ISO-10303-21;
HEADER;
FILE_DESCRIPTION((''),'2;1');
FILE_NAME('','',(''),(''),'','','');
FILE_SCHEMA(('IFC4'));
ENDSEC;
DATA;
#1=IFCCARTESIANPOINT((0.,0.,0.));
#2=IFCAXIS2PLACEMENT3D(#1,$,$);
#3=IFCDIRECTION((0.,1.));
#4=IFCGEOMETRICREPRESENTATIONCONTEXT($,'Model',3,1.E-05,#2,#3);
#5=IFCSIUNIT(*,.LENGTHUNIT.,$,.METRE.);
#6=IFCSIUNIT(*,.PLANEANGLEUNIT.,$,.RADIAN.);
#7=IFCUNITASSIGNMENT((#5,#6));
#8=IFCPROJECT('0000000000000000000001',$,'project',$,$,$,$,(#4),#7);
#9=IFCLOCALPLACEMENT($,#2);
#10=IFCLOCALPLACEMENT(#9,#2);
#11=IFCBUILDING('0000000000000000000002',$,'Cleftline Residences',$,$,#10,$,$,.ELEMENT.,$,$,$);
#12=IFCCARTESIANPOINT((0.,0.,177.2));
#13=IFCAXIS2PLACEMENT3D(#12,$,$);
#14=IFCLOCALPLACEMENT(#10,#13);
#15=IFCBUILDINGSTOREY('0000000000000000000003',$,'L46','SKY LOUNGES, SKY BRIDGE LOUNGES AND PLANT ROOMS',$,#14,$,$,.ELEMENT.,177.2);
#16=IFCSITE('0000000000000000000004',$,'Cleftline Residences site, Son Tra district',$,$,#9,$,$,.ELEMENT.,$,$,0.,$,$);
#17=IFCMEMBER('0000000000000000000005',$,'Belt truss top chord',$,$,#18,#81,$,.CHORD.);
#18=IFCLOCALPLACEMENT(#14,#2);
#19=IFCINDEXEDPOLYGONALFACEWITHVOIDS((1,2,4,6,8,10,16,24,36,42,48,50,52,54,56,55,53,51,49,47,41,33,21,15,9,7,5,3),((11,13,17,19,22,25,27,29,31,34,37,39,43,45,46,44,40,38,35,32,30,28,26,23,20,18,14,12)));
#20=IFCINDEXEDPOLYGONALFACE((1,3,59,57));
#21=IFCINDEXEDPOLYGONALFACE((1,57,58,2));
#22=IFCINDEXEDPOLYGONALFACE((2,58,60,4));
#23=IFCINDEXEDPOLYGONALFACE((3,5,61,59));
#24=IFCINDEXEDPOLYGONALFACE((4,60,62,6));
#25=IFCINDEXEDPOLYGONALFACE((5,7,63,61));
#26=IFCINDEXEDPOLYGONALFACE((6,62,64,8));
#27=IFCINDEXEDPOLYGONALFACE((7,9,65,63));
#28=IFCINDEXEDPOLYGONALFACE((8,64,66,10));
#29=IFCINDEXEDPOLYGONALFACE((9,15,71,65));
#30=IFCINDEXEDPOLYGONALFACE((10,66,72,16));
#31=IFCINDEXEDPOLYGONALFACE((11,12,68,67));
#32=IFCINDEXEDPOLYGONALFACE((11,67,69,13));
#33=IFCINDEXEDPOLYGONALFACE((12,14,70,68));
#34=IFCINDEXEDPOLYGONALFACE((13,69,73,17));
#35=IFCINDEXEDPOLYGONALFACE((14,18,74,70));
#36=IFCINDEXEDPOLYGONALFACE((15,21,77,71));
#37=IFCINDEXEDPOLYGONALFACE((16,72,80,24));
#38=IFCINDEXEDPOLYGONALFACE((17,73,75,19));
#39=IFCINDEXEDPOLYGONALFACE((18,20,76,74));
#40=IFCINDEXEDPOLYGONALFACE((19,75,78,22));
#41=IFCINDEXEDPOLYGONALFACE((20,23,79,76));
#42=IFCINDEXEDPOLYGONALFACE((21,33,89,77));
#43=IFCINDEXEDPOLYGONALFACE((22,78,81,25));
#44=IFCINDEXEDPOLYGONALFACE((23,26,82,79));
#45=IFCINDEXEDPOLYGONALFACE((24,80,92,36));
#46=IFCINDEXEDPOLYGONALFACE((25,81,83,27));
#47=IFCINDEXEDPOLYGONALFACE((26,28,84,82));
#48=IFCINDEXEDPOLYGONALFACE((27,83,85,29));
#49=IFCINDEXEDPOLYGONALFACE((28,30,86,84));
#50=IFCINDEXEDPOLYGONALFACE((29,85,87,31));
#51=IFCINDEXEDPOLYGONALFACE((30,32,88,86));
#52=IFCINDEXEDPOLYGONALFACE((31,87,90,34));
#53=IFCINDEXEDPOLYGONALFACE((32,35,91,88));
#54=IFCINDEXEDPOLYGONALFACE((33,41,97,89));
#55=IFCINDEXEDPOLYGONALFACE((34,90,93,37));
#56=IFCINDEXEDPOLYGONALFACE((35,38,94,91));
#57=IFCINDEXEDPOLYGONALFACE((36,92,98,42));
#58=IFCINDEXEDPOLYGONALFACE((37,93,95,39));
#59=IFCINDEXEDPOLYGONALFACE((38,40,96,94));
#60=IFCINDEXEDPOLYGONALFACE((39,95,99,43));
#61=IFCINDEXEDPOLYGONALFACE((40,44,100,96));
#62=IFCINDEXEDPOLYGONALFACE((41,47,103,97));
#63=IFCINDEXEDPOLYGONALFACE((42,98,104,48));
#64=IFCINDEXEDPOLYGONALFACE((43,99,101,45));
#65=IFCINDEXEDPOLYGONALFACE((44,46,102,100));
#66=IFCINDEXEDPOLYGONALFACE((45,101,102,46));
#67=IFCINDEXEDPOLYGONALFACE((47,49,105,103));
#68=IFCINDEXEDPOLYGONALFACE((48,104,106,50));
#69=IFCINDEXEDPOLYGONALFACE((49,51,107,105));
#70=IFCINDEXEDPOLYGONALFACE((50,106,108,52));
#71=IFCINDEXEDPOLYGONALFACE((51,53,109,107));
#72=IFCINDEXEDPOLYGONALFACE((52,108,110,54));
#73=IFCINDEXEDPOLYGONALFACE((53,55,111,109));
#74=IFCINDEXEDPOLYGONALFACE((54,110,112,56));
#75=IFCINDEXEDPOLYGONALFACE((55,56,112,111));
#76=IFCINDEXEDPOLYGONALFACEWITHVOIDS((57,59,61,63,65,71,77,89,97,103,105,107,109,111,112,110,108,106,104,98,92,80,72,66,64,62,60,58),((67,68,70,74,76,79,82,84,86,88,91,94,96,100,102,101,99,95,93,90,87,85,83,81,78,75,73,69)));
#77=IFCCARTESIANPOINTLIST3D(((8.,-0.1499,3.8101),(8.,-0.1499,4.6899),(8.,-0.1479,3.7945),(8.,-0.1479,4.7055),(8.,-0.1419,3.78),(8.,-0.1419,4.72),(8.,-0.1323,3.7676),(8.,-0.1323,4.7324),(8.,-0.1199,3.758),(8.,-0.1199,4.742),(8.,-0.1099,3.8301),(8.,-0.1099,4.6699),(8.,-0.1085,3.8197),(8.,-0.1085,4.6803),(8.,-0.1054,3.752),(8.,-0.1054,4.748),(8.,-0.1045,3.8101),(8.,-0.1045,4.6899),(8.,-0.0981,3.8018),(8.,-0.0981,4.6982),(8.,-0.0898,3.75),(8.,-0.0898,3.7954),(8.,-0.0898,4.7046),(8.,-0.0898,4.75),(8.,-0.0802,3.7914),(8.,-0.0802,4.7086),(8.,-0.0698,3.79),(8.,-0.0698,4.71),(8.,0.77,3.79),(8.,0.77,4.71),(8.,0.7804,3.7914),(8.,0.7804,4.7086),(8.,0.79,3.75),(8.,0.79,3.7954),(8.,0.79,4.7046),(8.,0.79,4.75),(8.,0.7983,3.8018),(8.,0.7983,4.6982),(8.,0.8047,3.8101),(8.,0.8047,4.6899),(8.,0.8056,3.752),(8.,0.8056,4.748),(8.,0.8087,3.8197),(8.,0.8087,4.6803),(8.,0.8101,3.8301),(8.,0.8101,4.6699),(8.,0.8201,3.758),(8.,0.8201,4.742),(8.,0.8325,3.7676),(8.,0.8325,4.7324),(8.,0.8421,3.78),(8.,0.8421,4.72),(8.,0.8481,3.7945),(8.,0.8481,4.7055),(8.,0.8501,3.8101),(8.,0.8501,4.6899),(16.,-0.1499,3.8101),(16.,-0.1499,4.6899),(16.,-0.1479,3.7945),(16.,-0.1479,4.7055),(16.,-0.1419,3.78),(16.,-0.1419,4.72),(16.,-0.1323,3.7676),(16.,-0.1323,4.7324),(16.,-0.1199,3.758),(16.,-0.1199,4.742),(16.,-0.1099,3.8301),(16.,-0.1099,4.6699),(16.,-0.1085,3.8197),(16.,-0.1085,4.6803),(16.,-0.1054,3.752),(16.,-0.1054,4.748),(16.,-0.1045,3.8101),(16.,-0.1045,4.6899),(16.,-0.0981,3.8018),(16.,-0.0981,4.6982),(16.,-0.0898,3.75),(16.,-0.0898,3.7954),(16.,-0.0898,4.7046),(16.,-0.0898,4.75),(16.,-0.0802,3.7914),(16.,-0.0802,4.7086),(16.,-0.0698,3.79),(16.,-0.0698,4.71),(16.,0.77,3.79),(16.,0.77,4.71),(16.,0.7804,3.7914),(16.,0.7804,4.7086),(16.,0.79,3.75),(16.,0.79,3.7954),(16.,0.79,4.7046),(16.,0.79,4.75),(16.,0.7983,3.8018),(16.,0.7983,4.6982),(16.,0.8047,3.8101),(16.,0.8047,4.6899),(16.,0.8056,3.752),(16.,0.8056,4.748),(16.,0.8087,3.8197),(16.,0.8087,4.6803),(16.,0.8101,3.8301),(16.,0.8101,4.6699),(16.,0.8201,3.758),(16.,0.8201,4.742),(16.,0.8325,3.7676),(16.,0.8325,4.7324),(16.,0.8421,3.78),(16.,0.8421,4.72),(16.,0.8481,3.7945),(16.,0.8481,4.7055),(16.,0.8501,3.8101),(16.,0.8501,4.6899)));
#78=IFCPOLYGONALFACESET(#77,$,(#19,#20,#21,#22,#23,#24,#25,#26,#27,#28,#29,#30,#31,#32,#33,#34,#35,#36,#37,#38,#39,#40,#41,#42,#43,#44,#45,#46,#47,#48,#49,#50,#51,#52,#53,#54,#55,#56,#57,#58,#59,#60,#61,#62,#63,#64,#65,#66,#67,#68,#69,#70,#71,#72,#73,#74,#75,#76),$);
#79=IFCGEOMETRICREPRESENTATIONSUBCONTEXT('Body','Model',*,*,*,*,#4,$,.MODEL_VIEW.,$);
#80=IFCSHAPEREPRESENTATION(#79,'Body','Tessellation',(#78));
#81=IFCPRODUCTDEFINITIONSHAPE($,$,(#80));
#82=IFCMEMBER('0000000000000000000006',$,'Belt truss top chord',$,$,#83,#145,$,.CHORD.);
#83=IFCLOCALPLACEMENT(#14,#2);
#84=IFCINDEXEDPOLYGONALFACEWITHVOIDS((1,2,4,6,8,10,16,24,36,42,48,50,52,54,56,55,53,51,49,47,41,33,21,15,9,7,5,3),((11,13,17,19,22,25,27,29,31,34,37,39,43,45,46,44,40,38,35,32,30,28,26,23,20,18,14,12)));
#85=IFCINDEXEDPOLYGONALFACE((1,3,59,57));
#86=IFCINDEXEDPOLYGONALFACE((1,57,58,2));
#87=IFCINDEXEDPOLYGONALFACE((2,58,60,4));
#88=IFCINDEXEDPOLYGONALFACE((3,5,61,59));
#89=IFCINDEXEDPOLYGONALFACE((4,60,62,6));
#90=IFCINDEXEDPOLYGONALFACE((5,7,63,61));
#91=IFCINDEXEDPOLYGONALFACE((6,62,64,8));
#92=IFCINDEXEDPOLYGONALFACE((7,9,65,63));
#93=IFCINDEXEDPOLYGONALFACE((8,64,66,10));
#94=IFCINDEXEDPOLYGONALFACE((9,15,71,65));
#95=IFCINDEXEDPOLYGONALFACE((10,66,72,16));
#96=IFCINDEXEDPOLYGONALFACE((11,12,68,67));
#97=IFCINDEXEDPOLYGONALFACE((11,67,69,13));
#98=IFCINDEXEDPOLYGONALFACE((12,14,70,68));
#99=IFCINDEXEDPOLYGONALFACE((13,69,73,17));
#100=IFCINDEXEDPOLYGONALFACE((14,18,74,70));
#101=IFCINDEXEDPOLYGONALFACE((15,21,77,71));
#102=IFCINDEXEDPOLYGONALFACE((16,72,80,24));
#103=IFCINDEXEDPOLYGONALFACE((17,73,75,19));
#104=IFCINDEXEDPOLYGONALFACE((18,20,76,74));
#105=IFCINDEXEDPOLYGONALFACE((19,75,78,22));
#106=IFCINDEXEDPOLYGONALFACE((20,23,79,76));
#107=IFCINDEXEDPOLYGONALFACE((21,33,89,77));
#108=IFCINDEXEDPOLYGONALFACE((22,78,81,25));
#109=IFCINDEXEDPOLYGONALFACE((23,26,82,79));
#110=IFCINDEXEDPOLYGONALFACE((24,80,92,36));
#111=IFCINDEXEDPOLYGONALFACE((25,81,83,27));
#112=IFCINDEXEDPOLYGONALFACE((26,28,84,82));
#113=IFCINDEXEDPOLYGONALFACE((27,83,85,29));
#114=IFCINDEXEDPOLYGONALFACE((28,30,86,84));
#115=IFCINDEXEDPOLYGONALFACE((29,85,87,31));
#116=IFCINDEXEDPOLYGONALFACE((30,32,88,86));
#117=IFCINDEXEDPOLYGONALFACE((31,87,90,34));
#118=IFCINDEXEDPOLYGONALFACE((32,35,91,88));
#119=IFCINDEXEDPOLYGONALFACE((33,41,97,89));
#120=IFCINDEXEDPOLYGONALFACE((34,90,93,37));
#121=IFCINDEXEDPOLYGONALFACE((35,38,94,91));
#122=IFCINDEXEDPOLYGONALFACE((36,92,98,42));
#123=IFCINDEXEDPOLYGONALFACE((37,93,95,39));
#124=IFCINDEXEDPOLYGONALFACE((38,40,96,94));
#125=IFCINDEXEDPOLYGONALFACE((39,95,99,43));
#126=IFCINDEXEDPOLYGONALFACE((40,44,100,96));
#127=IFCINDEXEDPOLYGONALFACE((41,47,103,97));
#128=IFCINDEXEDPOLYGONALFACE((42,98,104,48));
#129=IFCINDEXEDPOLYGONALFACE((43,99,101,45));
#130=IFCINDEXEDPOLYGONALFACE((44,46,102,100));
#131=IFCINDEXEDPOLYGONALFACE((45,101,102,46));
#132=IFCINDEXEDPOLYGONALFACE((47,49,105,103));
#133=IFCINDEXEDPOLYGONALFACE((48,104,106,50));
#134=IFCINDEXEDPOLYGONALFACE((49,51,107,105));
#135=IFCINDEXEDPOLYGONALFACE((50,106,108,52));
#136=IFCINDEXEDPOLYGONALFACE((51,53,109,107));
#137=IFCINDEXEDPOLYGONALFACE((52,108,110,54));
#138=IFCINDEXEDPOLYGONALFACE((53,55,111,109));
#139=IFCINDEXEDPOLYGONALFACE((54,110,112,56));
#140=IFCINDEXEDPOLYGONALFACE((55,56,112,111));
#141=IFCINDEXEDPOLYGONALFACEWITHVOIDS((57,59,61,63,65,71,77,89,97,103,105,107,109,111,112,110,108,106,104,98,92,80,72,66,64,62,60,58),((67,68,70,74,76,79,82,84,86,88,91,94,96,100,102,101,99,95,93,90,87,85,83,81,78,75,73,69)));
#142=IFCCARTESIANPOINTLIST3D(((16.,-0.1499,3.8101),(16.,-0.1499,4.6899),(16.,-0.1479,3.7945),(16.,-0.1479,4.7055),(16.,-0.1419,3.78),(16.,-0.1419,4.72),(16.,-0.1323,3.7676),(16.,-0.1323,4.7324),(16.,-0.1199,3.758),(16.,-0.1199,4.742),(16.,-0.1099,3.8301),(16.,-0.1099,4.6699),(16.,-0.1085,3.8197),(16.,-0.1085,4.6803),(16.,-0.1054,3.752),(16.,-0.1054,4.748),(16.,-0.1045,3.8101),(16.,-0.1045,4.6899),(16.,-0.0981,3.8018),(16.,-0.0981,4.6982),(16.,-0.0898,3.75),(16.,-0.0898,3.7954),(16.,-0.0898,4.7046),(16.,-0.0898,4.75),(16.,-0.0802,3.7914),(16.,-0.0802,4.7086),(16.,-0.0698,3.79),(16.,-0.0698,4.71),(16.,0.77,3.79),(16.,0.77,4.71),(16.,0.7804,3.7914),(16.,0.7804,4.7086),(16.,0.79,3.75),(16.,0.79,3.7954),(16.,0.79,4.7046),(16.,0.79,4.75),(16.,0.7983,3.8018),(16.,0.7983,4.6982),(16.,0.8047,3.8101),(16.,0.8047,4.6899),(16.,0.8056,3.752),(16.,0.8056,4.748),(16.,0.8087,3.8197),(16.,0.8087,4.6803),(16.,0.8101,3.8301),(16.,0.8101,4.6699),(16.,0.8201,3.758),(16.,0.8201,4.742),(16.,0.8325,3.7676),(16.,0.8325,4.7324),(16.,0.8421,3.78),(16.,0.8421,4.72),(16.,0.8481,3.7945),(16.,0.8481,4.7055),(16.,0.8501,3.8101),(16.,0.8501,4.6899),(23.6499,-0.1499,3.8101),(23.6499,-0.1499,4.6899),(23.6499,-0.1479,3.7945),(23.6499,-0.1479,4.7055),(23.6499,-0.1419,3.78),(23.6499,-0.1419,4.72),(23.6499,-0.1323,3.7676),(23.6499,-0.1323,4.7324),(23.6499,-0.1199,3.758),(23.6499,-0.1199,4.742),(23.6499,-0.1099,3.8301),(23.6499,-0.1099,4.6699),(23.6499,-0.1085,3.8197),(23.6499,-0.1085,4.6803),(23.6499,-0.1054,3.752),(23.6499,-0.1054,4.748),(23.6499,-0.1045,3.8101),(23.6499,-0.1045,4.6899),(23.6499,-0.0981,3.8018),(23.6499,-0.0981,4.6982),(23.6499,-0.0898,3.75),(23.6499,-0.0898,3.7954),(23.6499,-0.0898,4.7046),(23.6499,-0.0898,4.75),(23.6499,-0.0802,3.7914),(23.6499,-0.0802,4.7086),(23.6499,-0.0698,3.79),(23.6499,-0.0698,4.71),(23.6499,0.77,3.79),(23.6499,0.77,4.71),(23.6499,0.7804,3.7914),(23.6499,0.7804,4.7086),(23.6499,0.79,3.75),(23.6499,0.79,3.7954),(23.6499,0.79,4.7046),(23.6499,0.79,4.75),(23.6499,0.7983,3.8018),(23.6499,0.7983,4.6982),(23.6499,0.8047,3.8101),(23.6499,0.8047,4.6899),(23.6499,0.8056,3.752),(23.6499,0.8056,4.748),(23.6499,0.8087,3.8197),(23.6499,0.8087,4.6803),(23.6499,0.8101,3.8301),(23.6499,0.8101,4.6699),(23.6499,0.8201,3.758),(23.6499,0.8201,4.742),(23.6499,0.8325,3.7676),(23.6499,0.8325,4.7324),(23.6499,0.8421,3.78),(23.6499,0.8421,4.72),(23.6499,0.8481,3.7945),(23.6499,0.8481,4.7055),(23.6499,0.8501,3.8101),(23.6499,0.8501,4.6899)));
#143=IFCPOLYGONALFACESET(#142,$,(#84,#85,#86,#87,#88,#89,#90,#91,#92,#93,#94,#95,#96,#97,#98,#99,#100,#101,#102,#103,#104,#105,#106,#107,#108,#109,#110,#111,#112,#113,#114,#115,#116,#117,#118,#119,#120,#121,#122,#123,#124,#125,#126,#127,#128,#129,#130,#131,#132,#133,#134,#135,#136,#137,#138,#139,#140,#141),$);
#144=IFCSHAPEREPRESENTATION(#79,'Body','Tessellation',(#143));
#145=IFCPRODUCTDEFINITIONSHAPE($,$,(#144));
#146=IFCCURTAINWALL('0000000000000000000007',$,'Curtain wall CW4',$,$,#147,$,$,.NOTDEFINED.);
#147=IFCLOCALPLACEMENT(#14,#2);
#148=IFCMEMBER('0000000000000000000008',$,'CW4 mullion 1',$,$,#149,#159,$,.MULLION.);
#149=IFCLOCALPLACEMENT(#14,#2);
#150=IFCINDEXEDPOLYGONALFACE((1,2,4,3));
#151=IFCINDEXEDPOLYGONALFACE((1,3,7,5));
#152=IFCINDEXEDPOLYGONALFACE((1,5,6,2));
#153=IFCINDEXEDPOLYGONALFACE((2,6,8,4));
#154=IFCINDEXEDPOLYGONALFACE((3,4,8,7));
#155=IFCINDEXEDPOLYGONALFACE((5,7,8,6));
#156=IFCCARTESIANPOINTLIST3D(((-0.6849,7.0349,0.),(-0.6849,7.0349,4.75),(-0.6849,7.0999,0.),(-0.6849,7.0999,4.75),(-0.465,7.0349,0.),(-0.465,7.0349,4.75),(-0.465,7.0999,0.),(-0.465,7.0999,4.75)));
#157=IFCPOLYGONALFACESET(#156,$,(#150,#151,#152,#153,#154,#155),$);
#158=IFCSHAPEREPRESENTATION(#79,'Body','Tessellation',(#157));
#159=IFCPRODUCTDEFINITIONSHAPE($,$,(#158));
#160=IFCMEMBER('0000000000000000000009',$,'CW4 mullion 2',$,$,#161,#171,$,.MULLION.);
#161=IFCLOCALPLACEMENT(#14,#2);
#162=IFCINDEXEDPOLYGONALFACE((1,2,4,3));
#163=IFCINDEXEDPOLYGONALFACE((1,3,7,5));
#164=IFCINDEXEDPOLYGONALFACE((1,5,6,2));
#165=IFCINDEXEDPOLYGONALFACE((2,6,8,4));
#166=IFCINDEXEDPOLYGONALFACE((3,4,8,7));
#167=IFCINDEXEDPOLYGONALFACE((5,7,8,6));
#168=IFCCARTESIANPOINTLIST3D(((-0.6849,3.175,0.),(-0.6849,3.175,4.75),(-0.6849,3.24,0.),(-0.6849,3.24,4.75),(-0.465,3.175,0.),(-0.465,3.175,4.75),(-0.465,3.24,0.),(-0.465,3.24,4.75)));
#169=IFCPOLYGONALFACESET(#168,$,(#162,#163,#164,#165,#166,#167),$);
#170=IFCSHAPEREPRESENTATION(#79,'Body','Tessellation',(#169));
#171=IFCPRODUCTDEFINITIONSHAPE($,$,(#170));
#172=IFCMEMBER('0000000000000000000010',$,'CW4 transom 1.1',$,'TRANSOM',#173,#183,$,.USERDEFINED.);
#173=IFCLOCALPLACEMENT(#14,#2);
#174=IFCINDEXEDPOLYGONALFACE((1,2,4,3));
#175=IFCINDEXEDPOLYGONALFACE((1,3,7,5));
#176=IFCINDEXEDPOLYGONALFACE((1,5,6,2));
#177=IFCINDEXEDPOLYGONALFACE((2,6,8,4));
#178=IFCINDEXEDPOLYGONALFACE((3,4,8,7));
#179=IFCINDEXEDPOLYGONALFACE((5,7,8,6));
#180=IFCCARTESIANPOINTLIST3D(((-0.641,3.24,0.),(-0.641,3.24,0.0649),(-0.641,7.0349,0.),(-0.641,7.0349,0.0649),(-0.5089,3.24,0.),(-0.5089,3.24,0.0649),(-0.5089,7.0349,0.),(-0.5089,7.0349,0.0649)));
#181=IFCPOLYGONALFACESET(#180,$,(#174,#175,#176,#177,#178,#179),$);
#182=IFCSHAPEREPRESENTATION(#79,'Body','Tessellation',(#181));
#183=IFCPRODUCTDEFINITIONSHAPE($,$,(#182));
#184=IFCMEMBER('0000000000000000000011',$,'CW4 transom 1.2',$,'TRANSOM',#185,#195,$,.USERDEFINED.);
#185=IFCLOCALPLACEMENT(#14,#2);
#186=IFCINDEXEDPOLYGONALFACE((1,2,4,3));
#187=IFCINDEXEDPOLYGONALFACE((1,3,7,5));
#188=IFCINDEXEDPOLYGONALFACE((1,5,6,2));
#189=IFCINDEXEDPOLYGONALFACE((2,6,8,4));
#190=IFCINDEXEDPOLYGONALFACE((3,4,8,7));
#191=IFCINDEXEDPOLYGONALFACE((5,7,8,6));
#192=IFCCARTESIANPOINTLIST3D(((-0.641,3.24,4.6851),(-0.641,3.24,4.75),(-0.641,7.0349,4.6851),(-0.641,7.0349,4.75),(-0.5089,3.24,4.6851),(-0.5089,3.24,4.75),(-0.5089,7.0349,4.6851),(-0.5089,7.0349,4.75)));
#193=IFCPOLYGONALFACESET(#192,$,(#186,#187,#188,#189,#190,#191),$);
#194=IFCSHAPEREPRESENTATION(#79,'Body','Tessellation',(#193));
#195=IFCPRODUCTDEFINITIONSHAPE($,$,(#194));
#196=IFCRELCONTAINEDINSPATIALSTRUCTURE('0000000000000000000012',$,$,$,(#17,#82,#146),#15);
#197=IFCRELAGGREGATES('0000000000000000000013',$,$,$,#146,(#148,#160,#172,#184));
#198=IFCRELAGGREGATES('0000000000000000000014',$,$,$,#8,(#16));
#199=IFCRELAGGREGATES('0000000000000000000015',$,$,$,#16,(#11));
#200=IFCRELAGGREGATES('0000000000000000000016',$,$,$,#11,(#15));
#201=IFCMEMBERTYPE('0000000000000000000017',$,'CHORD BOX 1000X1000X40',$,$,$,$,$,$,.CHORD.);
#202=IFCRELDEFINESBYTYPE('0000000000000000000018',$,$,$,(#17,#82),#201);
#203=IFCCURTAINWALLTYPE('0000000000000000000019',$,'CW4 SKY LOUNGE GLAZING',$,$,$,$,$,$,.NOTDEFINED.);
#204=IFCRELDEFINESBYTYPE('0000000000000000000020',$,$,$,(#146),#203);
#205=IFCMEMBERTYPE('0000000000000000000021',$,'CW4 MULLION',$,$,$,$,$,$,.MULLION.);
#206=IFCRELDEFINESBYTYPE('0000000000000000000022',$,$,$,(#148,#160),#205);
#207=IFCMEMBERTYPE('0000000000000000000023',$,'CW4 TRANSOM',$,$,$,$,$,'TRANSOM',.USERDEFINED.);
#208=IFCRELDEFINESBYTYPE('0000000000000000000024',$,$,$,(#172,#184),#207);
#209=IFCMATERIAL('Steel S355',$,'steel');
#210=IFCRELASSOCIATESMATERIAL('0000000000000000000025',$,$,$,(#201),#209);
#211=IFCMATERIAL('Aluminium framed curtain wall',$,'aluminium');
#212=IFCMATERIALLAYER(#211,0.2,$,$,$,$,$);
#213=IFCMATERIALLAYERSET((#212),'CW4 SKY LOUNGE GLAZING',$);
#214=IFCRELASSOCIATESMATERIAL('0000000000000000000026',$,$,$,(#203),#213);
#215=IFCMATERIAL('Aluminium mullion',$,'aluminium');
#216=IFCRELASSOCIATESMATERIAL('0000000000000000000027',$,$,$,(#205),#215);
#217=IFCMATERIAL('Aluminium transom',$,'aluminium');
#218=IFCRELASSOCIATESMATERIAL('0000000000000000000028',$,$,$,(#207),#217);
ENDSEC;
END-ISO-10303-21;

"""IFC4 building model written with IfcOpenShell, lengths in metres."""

from ifc_helpers import new_model, si_unit, direction, frame, origin, origin_2d, place, context, subcontext, project, spatial, rectangle, hollow_rectangle, extrude, material, layer, layer_set, material_profile, profile_set, type_object, element, aggregate, save


model = new_model("IFC4")

# Units and contexts
model_context = context("Model", 3, precision=1e-05, world=origin(), true_north=direction((0.0, 1.0)))
body_context = subcontext(model_context, "Body", "Model", "MODEL_VIEW")
ifc_project = project(units=[si_unit("LENGTHUNIT", "METRE"), si_unit("PLANEANGLEUNIT", "RADIAN")], contexts=[model_context])

# Site, building, storey
site_placement = place(None, origin())
site = spatial("IfcSite", under=ifc_project, at=site_placement, Name="Cleftline Residences site, Son Tra district", CompositionType="ELEMENT", RefElevation=0.0)
building_placement = place(site_placement, origin())
building = spatial("IfcBuilding", under=site, at=building_placement, Name="Cleftline Residences", CompositionType="ELEMENT")
storey_placement = place(building_placement, frame((0.0, 0.0, 177.2)))
storey = spatial("IfcBuildingStorey", under=building, at=storey_placement, Name="L46", Description="SKY LOUNGES, SKY BRIDGE LOUNGES AND PLANT ROOMS", CompositionType="ELEMENT", Elevation=177.2)

# Members
ifc_material_1 = material(Name="Steel S355", Category="steel")
ifc_material_profile_1 = material_profile(ifc_material_1, hollow_rectangle(XDim=1.0, YDim=1.0, WallThickness=0.04, InnerFilletRadius=0.04, OuterFilletRadius=0.0601, at=origin_2d()))
ifc_profile_set_1 = profile_set([ifc_material_profile_1], Name="Steel S355")
member_type_1 = type_object("IfcMemberType", Name="CHORD BOX 1000X1000X40", PredefinedType="CHORD", material=ifc_profile_set_1)
member_1_placement = place(storey_placement, frame((8.0, 0.3501, 4.25), z_axis=(1.0, 0.0, 0.0), x_axis=(0.0, 1.0, 0.0)))
element("IfcMember", 1, at=member_1_placement, inside=storey, type_object=member_type_1, Name="Belt truss top chord", PredefinedType="CHORD", context=body_context, shape_type="SweptSolid", body=[
    extrude(hollow_rectangle(XDim=1.0, YDim=1.0, WallThickness=0.04, InnerFilletRadius=0.04, OuterFilletRadius=0.0601, at=origin_2d()), origin(), (0.0, 0.0, 1.0), 8.0),
])
member_2_placement = place(storey_placement, frame((16.0, 0.3501, 4.25), z_axis=(1.0, 0.0, 0.0), x_axis=(0.0, 1.0, 0.0)))
element("IfcMember", 2, at=member_2_placement, inside=storey, type_object=member_type_1, Name="Belt truss top chord", PredefinedType="CHORD", context=body_context, shape_type="SweptSolid", body=[
    extrude(hollow_rectangle(XDim=1.0, YDim=1.0, WallThickness=0.04, InnerFilletRadius=0.04, OuterFilletRadius=0.0601, at=origin_2d()), origin(), (0.0, 0.0, 1.0), 7.6499),
])

# Curtain wall, members
ifc_material_2 = material(Name="Aluminium framed curtain wall", Category="aluminium")
ifc_layer_1 = layer(ifc_material_2, 0.2)
ifc_layer_set_1 = layer_set([ifc_layer_1], Name="CW4 SKY LOUNGE GLAZING")
curtain_wall_type = type_object("IfcCurtainWallType", Name="CW4 SKY LOUNGE GLAZING", PredefinedType="NOTDEFINED", material=ifc_layer_set_1)
curtain_wall_placement = place(storey_placement, origin())
curtain_wall = element("IfcCurtainWall", 3, at=curtain_wall_placement, inside=storey, type_object=curtain_wall_type, Name="Curtain wall CW4", PredefinedType="NOTDEFINED")
ifc_material_3 = material(Name="Aluminium mullion", Category="aluminium")
ifc_material_profile_2 = material_profile(ifc_material_3, rectangle(XDim=0.22, YDim=0.0649, at=origin_2d()))
ifc_profile_set_2 = profile_set([ifc_material_profile_2], Name="Aluminium mullion")
member_type_2 = type_object("IfcMemberType", Name="CW4 MULLION", PredefinedType="MULLION", material=ifc_profile_set_2)
member_3_placement = place(storey_placement, frame((-0.575, 7.0674, 0.0), z_axis=(0.0, 0.0, 1.0), x_axis=(1.0, 0.0, 0.0)))
member_3 = element("IfcMember", 4, at=member_3_placement, type_object=member_type_2, Name="CW4 mullion 1", PredefinedType="MULLION", context=body_context, shape_type="SweptSolid", body=[
    extrude(rectangle(XDim=0.22, YDim=0.0649, at=origin_2d()), origin(), (0.0, 0.0, 1.0), 4.75),
])
member_4_placement = place(storey_placement, frame((-0.575, 3.2075, 0.0), z_axis=(0.0, 0.0, 1.0), x_axis=(1.0, 0.0, 0.0)))
member_4 = element("IfcMember", 5, at=member_4_placement, type_object=member_type_2, Name="CW4 mullion 2", PredefinedType="MULLION", context=body_context, shape_type="SweptSolid", body=[
    extrude(rectangle(XDim=0.22, YDim=0.0649, at=origin_2d()), origin(), (0.0, 0.0, 1.0), 4.75),
])
ifc_material_4 = material(Name="Aluminium transom", Category="aluminium")
ifc_material_profile_3 = material_profile(ifc_material_4, rectangle(XDim=0.1321, YDim=0.0649, at=origin_2d()))
ifc_profile_set_3 = profile_set([ifc_material_profile_3], Name="Aluminium transom")
member_type_3 = type_object("IfcMemberType", Name="CW4 TRANSOM", ElementType="TRANSOM", PredefinedType="USERDEFINED", material=ifc_profile_set_3)
member_5_placement = place(storey_placement, frame((-0.575, 7.0349, 0.0325), z_axis=(0.0, -1.0, 0.0), x_axis=(1.0, 0.0, 0.0)))
member_5 = element("IfcMember", 6, at=member_5_placement, type_object=member_type_3, Name="CW4 transom 1.1", ObjectType="TRANSOM", PredefinedType="USERDEFINED", context=body_context, shape_type="SweptSolid", body=[
    extrude(rectangle(XDim=0.1321, YDim=0.0649, at=origin_2d()), origin(), (0.0, 0.0, 1.0), 3.7949),
])
member_6_placement = place(storey_placement, frame((-0.575, 7.0349, 4.7175), z_axis=(0.0, -1.0, 0.0), x_axis=(1.0, 0.0, 0.0)))
member_6 = element("IfcMember", 7, at=member_6_placement, type_object=member_type_3, Name="CW4 transom 1.2", ObjectType="TRANSOM", PredefinedType="USERDEFINED", context=body_context, shape_type="SweptSolid", body=[
    extrude(rectangle(XDim=0.1321, YDim=0.0649, at=origin_2d()), origin(), (0.0, 0.0, 1.0), 3.7949),
])

aggregate(curtain_wall, [member_3, member_4, member_5, member_6])

save(model, "model.ifc")
